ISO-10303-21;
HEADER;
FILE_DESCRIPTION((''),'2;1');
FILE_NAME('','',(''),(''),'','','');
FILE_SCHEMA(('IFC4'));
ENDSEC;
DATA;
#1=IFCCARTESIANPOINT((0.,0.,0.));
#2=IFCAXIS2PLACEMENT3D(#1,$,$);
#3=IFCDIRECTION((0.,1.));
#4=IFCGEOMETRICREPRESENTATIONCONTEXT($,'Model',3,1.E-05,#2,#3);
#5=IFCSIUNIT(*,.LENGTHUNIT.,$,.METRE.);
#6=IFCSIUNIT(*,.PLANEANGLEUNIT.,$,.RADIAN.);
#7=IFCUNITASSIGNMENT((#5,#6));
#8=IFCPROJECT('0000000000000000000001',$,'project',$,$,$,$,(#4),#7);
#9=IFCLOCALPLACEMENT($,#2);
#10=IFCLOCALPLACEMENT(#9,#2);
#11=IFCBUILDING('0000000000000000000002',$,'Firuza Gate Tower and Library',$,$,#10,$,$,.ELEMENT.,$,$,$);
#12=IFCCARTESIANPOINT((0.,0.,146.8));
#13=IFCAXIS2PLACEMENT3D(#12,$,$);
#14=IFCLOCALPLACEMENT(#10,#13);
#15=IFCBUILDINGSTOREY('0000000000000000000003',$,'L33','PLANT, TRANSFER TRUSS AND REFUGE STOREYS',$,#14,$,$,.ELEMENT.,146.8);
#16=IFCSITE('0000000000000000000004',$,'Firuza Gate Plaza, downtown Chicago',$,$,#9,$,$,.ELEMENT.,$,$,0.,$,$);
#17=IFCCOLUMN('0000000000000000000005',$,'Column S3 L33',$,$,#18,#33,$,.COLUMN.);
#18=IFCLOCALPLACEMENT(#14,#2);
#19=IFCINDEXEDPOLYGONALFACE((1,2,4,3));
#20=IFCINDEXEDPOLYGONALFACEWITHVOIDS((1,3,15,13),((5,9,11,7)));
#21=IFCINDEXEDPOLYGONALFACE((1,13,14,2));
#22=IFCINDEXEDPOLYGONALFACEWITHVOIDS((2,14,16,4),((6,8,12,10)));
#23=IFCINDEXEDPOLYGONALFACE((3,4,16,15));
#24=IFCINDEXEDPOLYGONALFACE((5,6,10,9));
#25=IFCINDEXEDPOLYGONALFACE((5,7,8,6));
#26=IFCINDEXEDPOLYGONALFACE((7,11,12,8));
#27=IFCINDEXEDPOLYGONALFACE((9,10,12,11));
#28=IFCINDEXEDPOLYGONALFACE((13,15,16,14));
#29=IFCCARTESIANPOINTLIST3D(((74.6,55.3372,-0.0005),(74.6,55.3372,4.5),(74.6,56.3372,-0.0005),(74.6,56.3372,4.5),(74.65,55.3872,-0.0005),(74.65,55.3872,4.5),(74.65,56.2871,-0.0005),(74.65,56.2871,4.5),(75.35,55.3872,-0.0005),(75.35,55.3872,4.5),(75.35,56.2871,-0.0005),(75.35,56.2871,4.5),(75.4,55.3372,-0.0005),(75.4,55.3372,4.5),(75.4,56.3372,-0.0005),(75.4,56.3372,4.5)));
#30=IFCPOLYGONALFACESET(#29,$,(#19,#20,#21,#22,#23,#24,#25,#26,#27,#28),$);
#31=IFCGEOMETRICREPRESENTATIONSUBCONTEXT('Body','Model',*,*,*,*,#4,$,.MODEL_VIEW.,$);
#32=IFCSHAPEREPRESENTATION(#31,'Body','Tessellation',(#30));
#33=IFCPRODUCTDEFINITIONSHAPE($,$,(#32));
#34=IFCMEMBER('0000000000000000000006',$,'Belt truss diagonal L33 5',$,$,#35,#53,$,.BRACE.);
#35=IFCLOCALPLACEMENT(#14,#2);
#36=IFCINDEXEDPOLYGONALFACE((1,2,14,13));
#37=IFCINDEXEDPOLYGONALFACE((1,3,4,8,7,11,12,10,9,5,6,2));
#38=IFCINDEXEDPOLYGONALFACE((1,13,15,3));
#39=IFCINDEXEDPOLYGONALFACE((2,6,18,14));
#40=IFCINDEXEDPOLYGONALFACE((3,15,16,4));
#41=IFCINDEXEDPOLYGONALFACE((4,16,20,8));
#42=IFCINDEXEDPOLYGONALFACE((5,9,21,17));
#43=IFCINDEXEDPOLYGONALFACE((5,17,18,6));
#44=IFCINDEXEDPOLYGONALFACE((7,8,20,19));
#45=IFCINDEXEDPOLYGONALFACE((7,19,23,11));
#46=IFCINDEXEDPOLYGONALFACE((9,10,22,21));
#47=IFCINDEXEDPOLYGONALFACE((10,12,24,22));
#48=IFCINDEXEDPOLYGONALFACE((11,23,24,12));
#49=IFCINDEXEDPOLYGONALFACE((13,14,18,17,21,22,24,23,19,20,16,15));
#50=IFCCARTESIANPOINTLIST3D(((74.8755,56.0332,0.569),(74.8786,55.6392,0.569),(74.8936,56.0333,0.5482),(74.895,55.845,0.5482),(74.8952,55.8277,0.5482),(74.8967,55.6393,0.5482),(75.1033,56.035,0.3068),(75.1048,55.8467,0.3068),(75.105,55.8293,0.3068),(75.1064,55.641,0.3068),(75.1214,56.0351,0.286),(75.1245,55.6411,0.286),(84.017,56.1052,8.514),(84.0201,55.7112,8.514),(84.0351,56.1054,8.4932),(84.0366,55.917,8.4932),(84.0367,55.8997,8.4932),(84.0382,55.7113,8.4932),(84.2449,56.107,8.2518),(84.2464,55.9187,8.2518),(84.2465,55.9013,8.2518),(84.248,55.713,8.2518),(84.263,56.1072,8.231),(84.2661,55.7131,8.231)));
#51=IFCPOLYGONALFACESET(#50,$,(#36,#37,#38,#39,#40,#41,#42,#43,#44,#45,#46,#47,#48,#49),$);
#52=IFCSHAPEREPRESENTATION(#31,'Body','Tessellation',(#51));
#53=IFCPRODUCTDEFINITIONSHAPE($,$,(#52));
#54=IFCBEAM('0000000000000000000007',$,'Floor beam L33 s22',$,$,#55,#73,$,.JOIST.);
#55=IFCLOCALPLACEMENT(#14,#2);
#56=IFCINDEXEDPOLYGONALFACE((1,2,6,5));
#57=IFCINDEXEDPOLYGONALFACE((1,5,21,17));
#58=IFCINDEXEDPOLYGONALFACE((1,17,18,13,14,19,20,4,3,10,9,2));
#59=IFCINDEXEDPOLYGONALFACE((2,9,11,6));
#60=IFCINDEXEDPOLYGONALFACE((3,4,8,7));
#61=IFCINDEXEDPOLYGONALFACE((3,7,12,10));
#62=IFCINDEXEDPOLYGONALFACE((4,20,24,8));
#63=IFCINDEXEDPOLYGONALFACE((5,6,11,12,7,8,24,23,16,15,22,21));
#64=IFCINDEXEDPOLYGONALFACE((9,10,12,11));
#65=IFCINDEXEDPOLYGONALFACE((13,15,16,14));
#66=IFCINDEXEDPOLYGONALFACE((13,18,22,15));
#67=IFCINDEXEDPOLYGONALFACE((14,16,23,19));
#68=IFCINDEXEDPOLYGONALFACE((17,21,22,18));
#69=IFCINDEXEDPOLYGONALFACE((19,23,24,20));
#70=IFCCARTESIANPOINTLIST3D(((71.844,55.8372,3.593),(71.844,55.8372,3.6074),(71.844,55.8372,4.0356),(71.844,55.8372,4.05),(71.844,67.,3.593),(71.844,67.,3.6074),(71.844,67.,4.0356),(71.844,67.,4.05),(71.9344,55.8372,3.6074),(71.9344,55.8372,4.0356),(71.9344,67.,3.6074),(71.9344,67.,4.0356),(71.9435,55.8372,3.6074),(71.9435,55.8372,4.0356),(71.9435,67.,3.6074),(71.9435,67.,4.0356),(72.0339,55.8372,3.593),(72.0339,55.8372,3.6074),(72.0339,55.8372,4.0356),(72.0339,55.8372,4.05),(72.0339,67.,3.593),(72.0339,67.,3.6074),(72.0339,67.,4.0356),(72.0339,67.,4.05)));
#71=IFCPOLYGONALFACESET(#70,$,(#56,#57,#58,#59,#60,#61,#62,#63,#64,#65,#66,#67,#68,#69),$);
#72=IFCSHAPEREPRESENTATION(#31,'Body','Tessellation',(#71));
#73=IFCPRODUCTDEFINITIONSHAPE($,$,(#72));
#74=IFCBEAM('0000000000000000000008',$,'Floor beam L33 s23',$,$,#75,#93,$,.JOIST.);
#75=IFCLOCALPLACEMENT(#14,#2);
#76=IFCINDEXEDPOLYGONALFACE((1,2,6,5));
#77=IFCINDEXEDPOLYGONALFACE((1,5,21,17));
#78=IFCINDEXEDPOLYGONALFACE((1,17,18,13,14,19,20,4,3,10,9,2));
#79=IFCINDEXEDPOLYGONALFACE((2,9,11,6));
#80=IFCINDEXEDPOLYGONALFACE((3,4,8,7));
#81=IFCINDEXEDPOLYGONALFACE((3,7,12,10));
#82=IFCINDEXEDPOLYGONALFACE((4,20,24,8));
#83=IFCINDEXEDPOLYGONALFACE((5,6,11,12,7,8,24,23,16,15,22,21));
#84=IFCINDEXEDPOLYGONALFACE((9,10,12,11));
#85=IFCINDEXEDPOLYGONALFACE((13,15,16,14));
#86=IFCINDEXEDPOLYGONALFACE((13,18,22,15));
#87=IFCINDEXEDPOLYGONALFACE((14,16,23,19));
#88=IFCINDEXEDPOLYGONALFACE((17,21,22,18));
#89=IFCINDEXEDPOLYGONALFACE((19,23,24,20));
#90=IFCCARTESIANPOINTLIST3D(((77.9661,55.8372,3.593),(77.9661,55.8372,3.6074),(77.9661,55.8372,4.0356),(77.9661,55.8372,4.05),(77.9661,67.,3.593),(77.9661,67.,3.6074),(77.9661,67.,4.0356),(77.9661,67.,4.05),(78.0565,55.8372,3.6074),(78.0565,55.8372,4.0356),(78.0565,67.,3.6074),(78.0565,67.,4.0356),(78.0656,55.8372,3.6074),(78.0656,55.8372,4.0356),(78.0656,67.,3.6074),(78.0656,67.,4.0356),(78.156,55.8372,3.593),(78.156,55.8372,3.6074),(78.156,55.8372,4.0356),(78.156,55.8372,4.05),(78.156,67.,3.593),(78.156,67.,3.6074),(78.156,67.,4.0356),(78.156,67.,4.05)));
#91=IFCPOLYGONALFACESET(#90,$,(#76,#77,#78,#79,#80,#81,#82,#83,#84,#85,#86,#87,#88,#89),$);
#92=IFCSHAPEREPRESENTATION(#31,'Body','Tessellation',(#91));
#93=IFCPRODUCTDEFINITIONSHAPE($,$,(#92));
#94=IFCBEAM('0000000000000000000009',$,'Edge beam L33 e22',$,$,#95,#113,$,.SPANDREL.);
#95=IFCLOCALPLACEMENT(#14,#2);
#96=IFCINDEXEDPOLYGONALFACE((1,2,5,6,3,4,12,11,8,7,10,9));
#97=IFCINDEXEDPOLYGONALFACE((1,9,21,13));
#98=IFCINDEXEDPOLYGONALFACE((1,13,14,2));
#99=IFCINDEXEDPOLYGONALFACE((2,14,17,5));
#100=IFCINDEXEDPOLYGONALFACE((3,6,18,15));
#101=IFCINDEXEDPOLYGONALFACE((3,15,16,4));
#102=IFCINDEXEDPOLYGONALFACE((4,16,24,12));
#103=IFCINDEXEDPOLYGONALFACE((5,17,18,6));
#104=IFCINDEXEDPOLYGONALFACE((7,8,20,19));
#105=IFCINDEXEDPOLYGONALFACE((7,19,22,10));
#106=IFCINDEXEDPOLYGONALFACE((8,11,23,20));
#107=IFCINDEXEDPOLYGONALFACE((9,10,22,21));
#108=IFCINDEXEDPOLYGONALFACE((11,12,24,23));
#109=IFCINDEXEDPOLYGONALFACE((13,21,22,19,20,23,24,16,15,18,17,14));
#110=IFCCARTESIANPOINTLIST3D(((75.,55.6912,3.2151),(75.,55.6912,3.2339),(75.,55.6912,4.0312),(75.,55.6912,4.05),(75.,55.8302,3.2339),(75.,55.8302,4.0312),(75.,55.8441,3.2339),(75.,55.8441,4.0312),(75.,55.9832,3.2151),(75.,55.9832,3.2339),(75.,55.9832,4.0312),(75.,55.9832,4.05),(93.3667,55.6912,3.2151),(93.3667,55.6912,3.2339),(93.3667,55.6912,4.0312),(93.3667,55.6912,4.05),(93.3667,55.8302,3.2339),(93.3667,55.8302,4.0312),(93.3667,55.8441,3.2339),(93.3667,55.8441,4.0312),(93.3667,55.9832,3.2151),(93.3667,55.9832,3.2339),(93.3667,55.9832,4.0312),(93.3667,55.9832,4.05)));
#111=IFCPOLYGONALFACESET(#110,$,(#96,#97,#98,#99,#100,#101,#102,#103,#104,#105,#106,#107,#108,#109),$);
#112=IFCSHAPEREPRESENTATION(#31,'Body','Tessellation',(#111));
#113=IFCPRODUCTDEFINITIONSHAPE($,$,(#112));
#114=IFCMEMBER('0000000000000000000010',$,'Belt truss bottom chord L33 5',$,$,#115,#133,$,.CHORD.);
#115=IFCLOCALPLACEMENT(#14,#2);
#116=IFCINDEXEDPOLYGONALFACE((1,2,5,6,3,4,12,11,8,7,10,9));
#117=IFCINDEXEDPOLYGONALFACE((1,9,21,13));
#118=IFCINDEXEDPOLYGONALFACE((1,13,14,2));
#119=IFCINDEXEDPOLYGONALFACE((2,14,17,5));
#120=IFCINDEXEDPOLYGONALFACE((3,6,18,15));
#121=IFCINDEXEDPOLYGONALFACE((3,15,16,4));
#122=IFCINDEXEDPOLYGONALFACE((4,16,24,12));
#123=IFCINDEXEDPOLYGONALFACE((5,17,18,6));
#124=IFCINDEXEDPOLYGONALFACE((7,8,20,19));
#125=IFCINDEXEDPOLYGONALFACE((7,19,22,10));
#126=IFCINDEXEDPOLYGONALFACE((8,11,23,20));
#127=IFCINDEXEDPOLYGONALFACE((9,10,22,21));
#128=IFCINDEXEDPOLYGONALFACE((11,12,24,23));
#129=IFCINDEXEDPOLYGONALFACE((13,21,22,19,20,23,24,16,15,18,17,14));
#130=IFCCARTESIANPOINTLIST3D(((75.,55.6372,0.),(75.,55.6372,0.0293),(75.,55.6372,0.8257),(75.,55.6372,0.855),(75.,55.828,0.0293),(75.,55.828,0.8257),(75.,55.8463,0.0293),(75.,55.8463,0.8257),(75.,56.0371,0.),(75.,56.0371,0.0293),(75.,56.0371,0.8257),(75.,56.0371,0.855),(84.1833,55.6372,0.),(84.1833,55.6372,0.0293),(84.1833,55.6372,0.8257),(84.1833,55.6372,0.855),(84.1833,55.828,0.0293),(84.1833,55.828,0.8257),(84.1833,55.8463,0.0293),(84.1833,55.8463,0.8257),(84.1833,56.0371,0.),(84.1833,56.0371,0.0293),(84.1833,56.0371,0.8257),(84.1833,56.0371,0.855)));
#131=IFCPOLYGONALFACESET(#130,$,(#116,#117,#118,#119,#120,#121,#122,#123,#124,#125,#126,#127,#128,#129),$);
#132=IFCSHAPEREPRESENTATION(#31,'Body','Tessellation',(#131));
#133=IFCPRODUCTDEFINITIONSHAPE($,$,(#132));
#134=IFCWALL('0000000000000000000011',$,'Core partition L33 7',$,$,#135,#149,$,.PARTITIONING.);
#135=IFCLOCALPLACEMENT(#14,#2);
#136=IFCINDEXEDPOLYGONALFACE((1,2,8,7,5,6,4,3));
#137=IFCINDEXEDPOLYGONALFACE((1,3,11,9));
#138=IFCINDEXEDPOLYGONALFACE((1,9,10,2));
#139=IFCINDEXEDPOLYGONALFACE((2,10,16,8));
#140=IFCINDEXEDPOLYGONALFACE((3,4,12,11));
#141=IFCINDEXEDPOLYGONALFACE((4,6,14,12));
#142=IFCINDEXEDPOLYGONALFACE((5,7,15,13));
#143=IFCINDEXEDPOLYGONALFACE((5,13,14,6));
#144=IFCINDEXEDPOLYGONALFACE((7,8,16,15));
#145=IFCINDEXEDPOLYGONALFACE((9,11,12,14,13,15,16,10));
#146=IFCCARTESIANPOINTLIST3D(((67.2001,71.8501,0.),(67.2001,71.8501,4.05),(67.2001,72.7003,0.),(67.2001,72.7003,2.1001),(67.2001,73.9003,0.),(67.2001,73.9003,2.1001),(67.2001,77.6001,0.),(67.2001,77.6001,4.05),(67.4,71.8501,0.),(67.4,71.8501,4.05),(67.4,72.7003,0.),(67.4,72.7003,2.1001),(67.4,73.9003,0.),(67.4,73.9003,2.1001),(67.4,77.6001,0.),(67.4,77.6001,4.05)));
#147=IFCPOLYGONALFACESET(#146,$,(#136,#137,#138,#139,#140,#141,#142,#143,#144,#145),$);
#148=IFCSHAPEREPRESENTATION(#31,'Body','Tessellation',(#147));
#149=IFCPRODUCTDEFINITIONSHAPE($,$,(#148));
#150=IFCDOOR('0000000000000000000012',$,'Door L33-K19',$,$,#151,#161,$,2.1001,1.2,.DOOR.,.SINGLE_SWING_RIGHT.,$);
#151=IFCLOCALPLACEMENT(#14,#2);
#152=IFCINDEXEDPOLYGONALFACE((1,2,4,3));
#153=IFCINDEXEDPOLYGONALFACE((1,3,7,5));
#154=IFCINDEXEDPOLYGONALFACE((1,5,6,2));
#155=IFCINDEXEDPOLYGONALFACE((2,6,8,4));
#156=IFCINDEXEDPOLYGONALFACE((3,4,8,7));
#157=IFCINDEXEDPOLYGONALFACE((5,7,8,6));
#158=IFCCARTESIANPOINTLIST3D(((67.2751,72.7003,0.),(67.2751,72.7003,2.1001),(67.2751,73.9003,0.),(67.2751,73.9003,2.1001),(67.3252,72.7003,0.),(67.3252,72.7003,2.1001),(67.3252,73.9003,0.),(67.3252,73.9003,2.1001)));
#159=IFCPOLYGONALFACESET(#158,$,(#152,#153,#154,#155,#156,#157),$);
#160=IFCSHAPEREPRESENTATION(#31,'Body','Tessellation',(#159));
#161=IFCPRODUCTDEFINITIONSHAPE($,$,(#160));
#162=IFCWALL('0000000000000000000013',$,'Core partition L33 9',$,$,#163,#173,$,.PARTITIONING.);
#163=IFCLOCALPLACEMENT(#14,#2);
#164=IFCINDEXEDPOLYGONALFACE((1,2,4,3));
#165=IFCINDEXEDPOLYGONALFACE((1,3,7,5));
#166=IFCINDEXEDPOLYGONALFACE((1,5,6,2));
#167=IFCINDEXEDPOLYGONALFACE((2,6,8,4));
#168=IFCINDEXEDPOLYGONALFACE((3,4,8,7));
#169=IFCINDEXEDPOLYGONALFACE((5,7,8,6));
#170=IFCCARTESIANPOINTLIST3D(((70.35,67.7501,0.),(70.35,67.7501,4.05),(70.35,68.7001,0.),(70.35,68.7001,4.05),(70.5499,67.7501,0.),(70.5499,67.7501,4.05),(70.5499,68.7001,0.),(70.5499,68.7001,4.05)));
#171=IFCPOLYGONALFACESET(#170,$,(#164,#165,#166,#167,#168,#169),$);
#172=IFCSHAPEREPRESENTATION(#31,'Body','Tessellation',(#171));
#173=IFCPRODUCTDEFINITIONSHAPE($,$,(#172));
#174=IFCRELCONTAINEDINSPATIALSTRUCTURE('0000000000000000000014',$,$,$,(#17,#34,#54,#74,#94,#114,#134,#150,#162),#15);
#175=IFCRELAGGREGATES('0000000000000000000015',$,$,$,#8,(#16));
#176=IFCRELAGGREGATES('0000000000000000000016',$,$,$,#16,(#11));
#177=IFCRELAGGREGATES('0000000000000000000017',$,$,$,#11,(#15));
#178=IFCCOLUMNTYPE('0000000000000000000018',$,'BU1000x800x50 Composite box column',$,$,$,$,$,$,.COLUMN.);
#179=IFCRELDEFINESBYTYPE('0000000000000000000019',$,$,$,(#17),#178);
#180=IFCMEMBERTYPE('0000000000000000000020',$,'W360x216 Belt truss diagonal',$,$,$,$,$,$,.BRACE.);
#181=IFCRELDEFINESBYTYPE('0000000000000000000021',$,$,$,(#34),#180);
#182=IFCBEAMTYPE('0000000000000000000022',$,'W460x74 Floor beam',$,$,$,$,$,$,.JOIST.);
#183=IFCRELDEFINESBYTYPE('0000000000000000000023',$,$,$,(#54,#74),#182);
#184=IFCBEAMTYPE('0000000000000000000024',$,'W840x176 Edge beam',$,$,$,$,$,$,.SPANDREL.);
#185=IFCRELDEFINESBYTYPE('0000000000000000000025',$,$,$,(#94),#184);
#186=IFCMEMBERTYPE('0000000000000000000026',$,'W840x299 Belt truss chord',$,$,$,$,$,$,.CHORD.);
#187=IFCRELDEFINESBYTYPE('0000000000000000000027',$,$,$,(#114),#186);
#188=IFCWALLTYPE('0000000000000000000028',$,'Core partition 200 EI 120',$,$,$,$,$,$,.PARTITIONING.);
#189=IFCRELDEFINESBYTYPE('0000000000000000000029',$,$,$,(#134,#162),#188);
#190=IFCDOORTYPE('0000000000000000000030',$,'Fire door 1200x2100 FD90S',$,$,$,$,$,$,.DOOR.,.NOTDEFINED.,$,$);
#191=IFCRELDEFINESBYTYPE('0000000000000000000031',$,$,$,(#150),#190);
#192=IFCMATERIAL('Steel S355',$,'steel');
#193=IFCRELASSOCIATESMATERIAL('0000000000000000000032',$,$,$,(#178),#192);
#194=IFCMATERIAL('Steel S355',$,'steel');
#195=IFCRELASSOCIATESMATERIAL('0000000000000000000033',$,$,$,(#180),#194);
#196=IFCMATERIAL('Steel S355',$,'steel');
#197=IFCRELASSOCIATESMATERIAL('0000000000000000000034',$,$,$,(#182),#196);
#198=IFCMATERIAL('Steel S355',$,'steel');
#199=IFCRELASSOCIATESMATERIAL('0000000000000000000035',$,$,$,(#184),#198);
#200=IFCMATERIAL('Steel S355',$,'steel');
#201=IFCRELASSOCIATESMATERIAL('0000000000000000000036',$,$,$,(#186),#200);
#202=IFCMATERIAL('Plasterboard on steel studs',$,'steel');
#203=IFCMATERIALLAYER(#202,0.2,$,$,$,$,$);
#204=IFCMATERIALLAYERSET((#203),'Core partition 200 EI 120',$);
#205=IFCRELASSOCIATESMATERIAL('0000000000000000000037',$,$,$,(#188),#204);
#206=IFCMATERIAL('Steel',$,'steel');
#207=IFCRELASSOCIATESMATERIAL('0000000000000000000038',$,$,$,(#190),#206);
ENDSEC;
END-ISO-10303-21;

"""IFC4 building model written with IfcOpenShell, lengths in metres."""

from ifc_helpers import new_model, si_unit, direction, frame, frame_2d, origin, origin_2d, place, context, subcontext, project, spatial, rectangle, hollow_rectangle, i_section, extrude, material, layer, layer_set, material_profile, profile_set, type_object, element, fill, save


model = new_model("IFC4")

# Units and contexts
model_context = context("Model", 3, precision=1e-05, world=origin(), true_north=direction((0.0, 1.0)))
body_context = subcontext(model_context, "Body", "Model", "MODEL_VIEW")
ifc_project = project(units=[si_unit("LENGTHUNIT", "METRE"), si_unit("PLANEANGLEUNIT", "RADIAN")], contexts=[model_context])

# Site, building, storey
site_placement = place(None, origin())
site = spatial("IfcSite", under=ifc_project, at=site_placement, Name="Firuza Gate Plaza, downtown Chicago", CompositionType="ELEMENT", RefElevation=0.0)
building_placement = place(site_placement, origin())
building = spatial("IfcBuilding", under=site, at=building_placement, Name="Firuza Gate Tower and Library", CompositionType="ELEMENT")
storey_placement = place(building_placement, frame((0.0, 0.0, 146.8)))
storey = spatial("IfcBuildingStorey", under=building, at=storey_placement, Name="L33", Description="PLANT, TRANSFER TRUSS AND REFUGE STOREYS", CompositionType="ELEMENT", Elevation=146.8)

# Column
ifc_material_1 = material(Name="Steel S355", Category="steel")
ifc_material_profile_1 = material_profile(ifc_material_1, hollow_rectangle(XDim=0.8, YDim=1.0, WallThickness=0.05, at=origin_2d()))
ifc_profile_set_1 = profile_set([ifc_material_profile_1], Name="Steel S355")
column_type = type_object("IfcColumnType", Name="BU1000x800x50 Composite box column", PredefinedType="COLUMN", material=ifc_profile_set_1)
column_placement = place(storey_placement, frame((75.0, 55.8372, -0.0005), z_axis=(0.0, 0.0, 1.0), x_axis=(1.0, 0.0, 0.0)))
element("IfcColumn", 1, at=column_placement, inside=storey, type_object=column_type, Name="Column S3 L33", PredefinedType="COLUMN", context=body_context, shape_type="SweptSolid", body=[
    extrude(hollow_rectangle(XDim=0.8, YDim=1.0, WallThickness=0.05, at=origin_2d()), origin(), (0.0, 0.0, 1.0), 4.5005),
])

# Member
ifc_material_2 = material(Name="Steel S355", Category="steel")
ifc_material_profile_2 = material_profile(ifc_material_2, i_section(OverallWidth=0.394, OverallDepth=0.375, WebThickness=0.0173, FlangeThickness=0.0276, at=origin_2d()))
ifc_profile_set_2 = profile_set([ifc_material_profile_2], Name="Steel S355")
member_type_1 = type_object("IfcMemberType", Name="W360x216 Belt truss diagonal", PredefinedType="BRACE", material=ifc_profile_set_2)
member_1_placement = place(storey_placement, frame((75.0, 55.8372, 0.4275), z_axis=(0.754762, 0.005946, 0.655972), x_axis=(-0.007878, 0.999969, 0.0)))
element("IfcMember", 2, at=member_1_placement, inside=storey, type_object=member_type_1, Name="Belt truss diagonal L33 5", PredefinedType="BRACE", context=body_context, shape_type="SweptSolid", body=[
    extrude(i_section(OverallWidth=0.394, OverallDepth=0.375, WebThickness=0.0173, FlangeThickness=0.0276, at=origin_2d()), origin(), (0.0, 0.0, 1.0), 12.1118),
])

# Beams
ifc_material_3 = material(Name="Steel S355", Category="steel")
ifc_material_profile_3 = material_profile(ifc_material_3, i_section(OverallWidth=0.1899, OverallDepth=0.457, WebThickness=0.009, FlangeThickness=0.0144, at=origin_2d()))
ifc_profile_set_3 = profile_set([ifc_material_profile_3], Name="Steel S355")
beam_type_1 = type_object("IfcBeamType", Name="W460x74 Floor beam", PredefinedType="JOIST", material=ifc_profile_set_3)
for number, where, z_axis, x_axis, name in (
    (3, (71.939, 55.8372, 3.8215), (0.0, 1.0, 0.0), (-1.0, 0.0, 0.0), "Floor beam L33 s22"),
    (4, (78.061, 55.8372, 3.8215), (0.0, 1.0, 0.0), (-1.0, 0.0, 0.0), "Floor beam L33 s23"),
):
    element("IfcBeam", number, at=place(storey_placement, frame(where, z_axis=z_axis, x_axis=x_axis)), inside=storey, type_object=beam_type_1, Name=name, PredefinedType="JOIST", context=body_context, shape_type="SweptSolid", body=[
        extrude(i_section(OverallWidth=0.1899, OverallDepth=0.457, WebThickness=0.009, FlangeThickness=0.0144, at=origin_2d()), origin(), (0.0, 0.0, 1.0), 11.1628),
    ])
ifc_material_4 = material(Name="Steel S355", Category="steel")
ifc_material_profile_4 = material_profile(ifc_material_4, i_section(OverallWidth=0.292, OverallDepth=0.835, WebThickness=0.0139, FlangeThickness=0.0188, at=origin_2d()))
ifc_profile_set_4 = profile_set([ifc_material_profile_4], Name="Steel S355")
beam_type_2 = type_object("IfcBeamType", Name="W840x176 Edge beam", PredefinedType="SPANDREL", material=ifc_profile_set_4)
beam_placement = place(storey_placement, frame((75.0, 55.8372, 3.6326), z_axis=(1.0, 0.0, 0.0), x_axis=(0.0, 1.0, 0.0)))
element("IfcBeam", 5, at=beam_placement, inside=storey, type_object=beam_type_2, Name="Edge beam L33 e22", PredefinedType="SPANDREL", context=body_context, shape_type="SweptSolid", body=[
    extrude(i_section(OverallWidth=0.292, OverallDepth=0.835, WebThickness=0.0139, FlangeThickness=0.0188, at=origin_2d()), origin(), (0.0, 0.0, 1.0), 18.3667),
])

# Member
ifc_material_5 = material(Name="Steel S355", Category="steel")
ifc_material_profile_5 = material_profile(ifc_material_5, i_section(OverallWidth=0.3999, OverallDepth=0.855, WebThickness=0.0183, FlangeThickness=0.0293, at=origin_2d()))
ifc_profile_set_5 = profile_set([ifc_material_profile_5], Name="Steel S355")
member_type_2 = type_object("IfcMemberType", Name="W840x299 Belt truss chord", PredefinedType="CHORD", material=ifc_profile_set_5)
member_2_placement = place(storey_placement, frame((75.0, 55.8372, 0.4275), z_axis=(1.0, 0.0, 0.0), x_axis=(0.0, 1.0, 0.0)))
element("IfcMember", 6, at=member_2_placement, inside=storey, type_object=member_type_2, Name="Belt truss bottom chord L33 5", PredefinedType="CHORD", context=body_context, shape_type="SweptSolid", body=[
    extrude(i_section(OverallWidth=0.3999, OverallDepth=0.855, WebThickness=0.0183, FlangeThickness=0.0293, at=origin_2d()), origin(), (0.0, 0.0, 1.0), 9.1833),
])

# Wall, opening, door
ifc_material_6 = material(Name="Plasterboard on steel studs", Category="steel")
ifc_layer_1 = layer(ifc_material_6, 0.2)
ifc_layer_set_1 = layer_set([ifc_layer_1], Name="Core partition 200 EI 120")
wall_type_1 = type_object("IfcWallType", Name="Core partition 200 EI 120", PredefinedType="PARTITIONING", material=ifc_layer_set_1)
wall_1_placement = place(storey_placement, frame((67.3, 71.8501, 0.0), z_axis=(0.0, 0.0, 1.0), x_axis=(0.0, 1.0, 0.0)))
wall_1 = element("IfcWall", 7, at=wall_1_placement, inside=storey, type_object=wall_type_1, Name="Core partition L33 7", PredefinedType="PARTITIONING", context=body_context, shape_type="SweptSolid", body=[
    extrude(rectangle(XDim=5.75, YDim=0.2, at=frame_2d((2.875, 0.0))), origin(), (0.0, 0.0, 1.0), 4.05),
])
opening_1_placement = place(wall_1_placement, frame((0.8501, 0.0, 0.0)))
opening_1 = element("IfcOpeningElement", 8, at=opening_1_placement, cuts=wall_1, PredefinedType="OPENING", context=body_context, shape_type="SweptSolid", body=[
    extrude(rectangle(XDim=1.2, YDim=2.1001, at=frame_2d((0.6001, 1.05))), frame((0.0, 0.1099, 0.0), z_axis=(0.0, -1.0, 0.0), x_axis=(1.0, 0.0, 0.0)), (0.0, 0.0, 1.0), 0.22),
])
ifc_material_7 = material(Name="Steel", Category="steel")
door_type_1 = type_object("IfcDoorType", Name="Fire door 1200x2100 FD90S", OperationType="NOTDEFINED", PredefinedType="DOOR", material=ifc_material_7)
door_1_placement = place(opening_1_placement, origin())
door_1 = element("IfcDoor", 9, at=door_1_placement, inside=storey, type_object=door_type_1, Name="Door L33-K19", OperationType="SINGLE_SWING_RIGHT", OverallHeight=2.1001, OverallWidth=1.2, PredefinedType="DOOR", context=body_context, shape_type="SweptSolid", body=[
    extrude(rectangle(XDim=1.2, YDim=2.1001, at=frame_2d((0.6001, 1.05))), frame((0.0, 0.0249, 0.0), z_axis=(0.0, -1.0, 0.0), x_axis=(1.0, 0.0, 0.0)), (0.0, 0.0, 1.0), 0.05),
])
fill(opening_1, door_1)

# Wall
wall_2_placement = place(storey_placement, frame((70.45, 67.75, 0.0), z_axis=(0.0, 0.0, 1.0), x_axis=(0.0, 1.0, 0.0)))
element("IfcWall", 10, at=wall_2_placement, inside=storey, type_object=wall_type_1, Name="Core partition L33 9", PredefinedType="PARTITIONING", context=body_context, shape_type="SweptSolid", body=[
    extrude(rectangle(XDim=0.95, YDim=0.2, at=frame_2d((0.4751, 0.0))), origin(), (0.0, 0.0, 1.0), 4.05),
])

save(model, "model.ifc")
